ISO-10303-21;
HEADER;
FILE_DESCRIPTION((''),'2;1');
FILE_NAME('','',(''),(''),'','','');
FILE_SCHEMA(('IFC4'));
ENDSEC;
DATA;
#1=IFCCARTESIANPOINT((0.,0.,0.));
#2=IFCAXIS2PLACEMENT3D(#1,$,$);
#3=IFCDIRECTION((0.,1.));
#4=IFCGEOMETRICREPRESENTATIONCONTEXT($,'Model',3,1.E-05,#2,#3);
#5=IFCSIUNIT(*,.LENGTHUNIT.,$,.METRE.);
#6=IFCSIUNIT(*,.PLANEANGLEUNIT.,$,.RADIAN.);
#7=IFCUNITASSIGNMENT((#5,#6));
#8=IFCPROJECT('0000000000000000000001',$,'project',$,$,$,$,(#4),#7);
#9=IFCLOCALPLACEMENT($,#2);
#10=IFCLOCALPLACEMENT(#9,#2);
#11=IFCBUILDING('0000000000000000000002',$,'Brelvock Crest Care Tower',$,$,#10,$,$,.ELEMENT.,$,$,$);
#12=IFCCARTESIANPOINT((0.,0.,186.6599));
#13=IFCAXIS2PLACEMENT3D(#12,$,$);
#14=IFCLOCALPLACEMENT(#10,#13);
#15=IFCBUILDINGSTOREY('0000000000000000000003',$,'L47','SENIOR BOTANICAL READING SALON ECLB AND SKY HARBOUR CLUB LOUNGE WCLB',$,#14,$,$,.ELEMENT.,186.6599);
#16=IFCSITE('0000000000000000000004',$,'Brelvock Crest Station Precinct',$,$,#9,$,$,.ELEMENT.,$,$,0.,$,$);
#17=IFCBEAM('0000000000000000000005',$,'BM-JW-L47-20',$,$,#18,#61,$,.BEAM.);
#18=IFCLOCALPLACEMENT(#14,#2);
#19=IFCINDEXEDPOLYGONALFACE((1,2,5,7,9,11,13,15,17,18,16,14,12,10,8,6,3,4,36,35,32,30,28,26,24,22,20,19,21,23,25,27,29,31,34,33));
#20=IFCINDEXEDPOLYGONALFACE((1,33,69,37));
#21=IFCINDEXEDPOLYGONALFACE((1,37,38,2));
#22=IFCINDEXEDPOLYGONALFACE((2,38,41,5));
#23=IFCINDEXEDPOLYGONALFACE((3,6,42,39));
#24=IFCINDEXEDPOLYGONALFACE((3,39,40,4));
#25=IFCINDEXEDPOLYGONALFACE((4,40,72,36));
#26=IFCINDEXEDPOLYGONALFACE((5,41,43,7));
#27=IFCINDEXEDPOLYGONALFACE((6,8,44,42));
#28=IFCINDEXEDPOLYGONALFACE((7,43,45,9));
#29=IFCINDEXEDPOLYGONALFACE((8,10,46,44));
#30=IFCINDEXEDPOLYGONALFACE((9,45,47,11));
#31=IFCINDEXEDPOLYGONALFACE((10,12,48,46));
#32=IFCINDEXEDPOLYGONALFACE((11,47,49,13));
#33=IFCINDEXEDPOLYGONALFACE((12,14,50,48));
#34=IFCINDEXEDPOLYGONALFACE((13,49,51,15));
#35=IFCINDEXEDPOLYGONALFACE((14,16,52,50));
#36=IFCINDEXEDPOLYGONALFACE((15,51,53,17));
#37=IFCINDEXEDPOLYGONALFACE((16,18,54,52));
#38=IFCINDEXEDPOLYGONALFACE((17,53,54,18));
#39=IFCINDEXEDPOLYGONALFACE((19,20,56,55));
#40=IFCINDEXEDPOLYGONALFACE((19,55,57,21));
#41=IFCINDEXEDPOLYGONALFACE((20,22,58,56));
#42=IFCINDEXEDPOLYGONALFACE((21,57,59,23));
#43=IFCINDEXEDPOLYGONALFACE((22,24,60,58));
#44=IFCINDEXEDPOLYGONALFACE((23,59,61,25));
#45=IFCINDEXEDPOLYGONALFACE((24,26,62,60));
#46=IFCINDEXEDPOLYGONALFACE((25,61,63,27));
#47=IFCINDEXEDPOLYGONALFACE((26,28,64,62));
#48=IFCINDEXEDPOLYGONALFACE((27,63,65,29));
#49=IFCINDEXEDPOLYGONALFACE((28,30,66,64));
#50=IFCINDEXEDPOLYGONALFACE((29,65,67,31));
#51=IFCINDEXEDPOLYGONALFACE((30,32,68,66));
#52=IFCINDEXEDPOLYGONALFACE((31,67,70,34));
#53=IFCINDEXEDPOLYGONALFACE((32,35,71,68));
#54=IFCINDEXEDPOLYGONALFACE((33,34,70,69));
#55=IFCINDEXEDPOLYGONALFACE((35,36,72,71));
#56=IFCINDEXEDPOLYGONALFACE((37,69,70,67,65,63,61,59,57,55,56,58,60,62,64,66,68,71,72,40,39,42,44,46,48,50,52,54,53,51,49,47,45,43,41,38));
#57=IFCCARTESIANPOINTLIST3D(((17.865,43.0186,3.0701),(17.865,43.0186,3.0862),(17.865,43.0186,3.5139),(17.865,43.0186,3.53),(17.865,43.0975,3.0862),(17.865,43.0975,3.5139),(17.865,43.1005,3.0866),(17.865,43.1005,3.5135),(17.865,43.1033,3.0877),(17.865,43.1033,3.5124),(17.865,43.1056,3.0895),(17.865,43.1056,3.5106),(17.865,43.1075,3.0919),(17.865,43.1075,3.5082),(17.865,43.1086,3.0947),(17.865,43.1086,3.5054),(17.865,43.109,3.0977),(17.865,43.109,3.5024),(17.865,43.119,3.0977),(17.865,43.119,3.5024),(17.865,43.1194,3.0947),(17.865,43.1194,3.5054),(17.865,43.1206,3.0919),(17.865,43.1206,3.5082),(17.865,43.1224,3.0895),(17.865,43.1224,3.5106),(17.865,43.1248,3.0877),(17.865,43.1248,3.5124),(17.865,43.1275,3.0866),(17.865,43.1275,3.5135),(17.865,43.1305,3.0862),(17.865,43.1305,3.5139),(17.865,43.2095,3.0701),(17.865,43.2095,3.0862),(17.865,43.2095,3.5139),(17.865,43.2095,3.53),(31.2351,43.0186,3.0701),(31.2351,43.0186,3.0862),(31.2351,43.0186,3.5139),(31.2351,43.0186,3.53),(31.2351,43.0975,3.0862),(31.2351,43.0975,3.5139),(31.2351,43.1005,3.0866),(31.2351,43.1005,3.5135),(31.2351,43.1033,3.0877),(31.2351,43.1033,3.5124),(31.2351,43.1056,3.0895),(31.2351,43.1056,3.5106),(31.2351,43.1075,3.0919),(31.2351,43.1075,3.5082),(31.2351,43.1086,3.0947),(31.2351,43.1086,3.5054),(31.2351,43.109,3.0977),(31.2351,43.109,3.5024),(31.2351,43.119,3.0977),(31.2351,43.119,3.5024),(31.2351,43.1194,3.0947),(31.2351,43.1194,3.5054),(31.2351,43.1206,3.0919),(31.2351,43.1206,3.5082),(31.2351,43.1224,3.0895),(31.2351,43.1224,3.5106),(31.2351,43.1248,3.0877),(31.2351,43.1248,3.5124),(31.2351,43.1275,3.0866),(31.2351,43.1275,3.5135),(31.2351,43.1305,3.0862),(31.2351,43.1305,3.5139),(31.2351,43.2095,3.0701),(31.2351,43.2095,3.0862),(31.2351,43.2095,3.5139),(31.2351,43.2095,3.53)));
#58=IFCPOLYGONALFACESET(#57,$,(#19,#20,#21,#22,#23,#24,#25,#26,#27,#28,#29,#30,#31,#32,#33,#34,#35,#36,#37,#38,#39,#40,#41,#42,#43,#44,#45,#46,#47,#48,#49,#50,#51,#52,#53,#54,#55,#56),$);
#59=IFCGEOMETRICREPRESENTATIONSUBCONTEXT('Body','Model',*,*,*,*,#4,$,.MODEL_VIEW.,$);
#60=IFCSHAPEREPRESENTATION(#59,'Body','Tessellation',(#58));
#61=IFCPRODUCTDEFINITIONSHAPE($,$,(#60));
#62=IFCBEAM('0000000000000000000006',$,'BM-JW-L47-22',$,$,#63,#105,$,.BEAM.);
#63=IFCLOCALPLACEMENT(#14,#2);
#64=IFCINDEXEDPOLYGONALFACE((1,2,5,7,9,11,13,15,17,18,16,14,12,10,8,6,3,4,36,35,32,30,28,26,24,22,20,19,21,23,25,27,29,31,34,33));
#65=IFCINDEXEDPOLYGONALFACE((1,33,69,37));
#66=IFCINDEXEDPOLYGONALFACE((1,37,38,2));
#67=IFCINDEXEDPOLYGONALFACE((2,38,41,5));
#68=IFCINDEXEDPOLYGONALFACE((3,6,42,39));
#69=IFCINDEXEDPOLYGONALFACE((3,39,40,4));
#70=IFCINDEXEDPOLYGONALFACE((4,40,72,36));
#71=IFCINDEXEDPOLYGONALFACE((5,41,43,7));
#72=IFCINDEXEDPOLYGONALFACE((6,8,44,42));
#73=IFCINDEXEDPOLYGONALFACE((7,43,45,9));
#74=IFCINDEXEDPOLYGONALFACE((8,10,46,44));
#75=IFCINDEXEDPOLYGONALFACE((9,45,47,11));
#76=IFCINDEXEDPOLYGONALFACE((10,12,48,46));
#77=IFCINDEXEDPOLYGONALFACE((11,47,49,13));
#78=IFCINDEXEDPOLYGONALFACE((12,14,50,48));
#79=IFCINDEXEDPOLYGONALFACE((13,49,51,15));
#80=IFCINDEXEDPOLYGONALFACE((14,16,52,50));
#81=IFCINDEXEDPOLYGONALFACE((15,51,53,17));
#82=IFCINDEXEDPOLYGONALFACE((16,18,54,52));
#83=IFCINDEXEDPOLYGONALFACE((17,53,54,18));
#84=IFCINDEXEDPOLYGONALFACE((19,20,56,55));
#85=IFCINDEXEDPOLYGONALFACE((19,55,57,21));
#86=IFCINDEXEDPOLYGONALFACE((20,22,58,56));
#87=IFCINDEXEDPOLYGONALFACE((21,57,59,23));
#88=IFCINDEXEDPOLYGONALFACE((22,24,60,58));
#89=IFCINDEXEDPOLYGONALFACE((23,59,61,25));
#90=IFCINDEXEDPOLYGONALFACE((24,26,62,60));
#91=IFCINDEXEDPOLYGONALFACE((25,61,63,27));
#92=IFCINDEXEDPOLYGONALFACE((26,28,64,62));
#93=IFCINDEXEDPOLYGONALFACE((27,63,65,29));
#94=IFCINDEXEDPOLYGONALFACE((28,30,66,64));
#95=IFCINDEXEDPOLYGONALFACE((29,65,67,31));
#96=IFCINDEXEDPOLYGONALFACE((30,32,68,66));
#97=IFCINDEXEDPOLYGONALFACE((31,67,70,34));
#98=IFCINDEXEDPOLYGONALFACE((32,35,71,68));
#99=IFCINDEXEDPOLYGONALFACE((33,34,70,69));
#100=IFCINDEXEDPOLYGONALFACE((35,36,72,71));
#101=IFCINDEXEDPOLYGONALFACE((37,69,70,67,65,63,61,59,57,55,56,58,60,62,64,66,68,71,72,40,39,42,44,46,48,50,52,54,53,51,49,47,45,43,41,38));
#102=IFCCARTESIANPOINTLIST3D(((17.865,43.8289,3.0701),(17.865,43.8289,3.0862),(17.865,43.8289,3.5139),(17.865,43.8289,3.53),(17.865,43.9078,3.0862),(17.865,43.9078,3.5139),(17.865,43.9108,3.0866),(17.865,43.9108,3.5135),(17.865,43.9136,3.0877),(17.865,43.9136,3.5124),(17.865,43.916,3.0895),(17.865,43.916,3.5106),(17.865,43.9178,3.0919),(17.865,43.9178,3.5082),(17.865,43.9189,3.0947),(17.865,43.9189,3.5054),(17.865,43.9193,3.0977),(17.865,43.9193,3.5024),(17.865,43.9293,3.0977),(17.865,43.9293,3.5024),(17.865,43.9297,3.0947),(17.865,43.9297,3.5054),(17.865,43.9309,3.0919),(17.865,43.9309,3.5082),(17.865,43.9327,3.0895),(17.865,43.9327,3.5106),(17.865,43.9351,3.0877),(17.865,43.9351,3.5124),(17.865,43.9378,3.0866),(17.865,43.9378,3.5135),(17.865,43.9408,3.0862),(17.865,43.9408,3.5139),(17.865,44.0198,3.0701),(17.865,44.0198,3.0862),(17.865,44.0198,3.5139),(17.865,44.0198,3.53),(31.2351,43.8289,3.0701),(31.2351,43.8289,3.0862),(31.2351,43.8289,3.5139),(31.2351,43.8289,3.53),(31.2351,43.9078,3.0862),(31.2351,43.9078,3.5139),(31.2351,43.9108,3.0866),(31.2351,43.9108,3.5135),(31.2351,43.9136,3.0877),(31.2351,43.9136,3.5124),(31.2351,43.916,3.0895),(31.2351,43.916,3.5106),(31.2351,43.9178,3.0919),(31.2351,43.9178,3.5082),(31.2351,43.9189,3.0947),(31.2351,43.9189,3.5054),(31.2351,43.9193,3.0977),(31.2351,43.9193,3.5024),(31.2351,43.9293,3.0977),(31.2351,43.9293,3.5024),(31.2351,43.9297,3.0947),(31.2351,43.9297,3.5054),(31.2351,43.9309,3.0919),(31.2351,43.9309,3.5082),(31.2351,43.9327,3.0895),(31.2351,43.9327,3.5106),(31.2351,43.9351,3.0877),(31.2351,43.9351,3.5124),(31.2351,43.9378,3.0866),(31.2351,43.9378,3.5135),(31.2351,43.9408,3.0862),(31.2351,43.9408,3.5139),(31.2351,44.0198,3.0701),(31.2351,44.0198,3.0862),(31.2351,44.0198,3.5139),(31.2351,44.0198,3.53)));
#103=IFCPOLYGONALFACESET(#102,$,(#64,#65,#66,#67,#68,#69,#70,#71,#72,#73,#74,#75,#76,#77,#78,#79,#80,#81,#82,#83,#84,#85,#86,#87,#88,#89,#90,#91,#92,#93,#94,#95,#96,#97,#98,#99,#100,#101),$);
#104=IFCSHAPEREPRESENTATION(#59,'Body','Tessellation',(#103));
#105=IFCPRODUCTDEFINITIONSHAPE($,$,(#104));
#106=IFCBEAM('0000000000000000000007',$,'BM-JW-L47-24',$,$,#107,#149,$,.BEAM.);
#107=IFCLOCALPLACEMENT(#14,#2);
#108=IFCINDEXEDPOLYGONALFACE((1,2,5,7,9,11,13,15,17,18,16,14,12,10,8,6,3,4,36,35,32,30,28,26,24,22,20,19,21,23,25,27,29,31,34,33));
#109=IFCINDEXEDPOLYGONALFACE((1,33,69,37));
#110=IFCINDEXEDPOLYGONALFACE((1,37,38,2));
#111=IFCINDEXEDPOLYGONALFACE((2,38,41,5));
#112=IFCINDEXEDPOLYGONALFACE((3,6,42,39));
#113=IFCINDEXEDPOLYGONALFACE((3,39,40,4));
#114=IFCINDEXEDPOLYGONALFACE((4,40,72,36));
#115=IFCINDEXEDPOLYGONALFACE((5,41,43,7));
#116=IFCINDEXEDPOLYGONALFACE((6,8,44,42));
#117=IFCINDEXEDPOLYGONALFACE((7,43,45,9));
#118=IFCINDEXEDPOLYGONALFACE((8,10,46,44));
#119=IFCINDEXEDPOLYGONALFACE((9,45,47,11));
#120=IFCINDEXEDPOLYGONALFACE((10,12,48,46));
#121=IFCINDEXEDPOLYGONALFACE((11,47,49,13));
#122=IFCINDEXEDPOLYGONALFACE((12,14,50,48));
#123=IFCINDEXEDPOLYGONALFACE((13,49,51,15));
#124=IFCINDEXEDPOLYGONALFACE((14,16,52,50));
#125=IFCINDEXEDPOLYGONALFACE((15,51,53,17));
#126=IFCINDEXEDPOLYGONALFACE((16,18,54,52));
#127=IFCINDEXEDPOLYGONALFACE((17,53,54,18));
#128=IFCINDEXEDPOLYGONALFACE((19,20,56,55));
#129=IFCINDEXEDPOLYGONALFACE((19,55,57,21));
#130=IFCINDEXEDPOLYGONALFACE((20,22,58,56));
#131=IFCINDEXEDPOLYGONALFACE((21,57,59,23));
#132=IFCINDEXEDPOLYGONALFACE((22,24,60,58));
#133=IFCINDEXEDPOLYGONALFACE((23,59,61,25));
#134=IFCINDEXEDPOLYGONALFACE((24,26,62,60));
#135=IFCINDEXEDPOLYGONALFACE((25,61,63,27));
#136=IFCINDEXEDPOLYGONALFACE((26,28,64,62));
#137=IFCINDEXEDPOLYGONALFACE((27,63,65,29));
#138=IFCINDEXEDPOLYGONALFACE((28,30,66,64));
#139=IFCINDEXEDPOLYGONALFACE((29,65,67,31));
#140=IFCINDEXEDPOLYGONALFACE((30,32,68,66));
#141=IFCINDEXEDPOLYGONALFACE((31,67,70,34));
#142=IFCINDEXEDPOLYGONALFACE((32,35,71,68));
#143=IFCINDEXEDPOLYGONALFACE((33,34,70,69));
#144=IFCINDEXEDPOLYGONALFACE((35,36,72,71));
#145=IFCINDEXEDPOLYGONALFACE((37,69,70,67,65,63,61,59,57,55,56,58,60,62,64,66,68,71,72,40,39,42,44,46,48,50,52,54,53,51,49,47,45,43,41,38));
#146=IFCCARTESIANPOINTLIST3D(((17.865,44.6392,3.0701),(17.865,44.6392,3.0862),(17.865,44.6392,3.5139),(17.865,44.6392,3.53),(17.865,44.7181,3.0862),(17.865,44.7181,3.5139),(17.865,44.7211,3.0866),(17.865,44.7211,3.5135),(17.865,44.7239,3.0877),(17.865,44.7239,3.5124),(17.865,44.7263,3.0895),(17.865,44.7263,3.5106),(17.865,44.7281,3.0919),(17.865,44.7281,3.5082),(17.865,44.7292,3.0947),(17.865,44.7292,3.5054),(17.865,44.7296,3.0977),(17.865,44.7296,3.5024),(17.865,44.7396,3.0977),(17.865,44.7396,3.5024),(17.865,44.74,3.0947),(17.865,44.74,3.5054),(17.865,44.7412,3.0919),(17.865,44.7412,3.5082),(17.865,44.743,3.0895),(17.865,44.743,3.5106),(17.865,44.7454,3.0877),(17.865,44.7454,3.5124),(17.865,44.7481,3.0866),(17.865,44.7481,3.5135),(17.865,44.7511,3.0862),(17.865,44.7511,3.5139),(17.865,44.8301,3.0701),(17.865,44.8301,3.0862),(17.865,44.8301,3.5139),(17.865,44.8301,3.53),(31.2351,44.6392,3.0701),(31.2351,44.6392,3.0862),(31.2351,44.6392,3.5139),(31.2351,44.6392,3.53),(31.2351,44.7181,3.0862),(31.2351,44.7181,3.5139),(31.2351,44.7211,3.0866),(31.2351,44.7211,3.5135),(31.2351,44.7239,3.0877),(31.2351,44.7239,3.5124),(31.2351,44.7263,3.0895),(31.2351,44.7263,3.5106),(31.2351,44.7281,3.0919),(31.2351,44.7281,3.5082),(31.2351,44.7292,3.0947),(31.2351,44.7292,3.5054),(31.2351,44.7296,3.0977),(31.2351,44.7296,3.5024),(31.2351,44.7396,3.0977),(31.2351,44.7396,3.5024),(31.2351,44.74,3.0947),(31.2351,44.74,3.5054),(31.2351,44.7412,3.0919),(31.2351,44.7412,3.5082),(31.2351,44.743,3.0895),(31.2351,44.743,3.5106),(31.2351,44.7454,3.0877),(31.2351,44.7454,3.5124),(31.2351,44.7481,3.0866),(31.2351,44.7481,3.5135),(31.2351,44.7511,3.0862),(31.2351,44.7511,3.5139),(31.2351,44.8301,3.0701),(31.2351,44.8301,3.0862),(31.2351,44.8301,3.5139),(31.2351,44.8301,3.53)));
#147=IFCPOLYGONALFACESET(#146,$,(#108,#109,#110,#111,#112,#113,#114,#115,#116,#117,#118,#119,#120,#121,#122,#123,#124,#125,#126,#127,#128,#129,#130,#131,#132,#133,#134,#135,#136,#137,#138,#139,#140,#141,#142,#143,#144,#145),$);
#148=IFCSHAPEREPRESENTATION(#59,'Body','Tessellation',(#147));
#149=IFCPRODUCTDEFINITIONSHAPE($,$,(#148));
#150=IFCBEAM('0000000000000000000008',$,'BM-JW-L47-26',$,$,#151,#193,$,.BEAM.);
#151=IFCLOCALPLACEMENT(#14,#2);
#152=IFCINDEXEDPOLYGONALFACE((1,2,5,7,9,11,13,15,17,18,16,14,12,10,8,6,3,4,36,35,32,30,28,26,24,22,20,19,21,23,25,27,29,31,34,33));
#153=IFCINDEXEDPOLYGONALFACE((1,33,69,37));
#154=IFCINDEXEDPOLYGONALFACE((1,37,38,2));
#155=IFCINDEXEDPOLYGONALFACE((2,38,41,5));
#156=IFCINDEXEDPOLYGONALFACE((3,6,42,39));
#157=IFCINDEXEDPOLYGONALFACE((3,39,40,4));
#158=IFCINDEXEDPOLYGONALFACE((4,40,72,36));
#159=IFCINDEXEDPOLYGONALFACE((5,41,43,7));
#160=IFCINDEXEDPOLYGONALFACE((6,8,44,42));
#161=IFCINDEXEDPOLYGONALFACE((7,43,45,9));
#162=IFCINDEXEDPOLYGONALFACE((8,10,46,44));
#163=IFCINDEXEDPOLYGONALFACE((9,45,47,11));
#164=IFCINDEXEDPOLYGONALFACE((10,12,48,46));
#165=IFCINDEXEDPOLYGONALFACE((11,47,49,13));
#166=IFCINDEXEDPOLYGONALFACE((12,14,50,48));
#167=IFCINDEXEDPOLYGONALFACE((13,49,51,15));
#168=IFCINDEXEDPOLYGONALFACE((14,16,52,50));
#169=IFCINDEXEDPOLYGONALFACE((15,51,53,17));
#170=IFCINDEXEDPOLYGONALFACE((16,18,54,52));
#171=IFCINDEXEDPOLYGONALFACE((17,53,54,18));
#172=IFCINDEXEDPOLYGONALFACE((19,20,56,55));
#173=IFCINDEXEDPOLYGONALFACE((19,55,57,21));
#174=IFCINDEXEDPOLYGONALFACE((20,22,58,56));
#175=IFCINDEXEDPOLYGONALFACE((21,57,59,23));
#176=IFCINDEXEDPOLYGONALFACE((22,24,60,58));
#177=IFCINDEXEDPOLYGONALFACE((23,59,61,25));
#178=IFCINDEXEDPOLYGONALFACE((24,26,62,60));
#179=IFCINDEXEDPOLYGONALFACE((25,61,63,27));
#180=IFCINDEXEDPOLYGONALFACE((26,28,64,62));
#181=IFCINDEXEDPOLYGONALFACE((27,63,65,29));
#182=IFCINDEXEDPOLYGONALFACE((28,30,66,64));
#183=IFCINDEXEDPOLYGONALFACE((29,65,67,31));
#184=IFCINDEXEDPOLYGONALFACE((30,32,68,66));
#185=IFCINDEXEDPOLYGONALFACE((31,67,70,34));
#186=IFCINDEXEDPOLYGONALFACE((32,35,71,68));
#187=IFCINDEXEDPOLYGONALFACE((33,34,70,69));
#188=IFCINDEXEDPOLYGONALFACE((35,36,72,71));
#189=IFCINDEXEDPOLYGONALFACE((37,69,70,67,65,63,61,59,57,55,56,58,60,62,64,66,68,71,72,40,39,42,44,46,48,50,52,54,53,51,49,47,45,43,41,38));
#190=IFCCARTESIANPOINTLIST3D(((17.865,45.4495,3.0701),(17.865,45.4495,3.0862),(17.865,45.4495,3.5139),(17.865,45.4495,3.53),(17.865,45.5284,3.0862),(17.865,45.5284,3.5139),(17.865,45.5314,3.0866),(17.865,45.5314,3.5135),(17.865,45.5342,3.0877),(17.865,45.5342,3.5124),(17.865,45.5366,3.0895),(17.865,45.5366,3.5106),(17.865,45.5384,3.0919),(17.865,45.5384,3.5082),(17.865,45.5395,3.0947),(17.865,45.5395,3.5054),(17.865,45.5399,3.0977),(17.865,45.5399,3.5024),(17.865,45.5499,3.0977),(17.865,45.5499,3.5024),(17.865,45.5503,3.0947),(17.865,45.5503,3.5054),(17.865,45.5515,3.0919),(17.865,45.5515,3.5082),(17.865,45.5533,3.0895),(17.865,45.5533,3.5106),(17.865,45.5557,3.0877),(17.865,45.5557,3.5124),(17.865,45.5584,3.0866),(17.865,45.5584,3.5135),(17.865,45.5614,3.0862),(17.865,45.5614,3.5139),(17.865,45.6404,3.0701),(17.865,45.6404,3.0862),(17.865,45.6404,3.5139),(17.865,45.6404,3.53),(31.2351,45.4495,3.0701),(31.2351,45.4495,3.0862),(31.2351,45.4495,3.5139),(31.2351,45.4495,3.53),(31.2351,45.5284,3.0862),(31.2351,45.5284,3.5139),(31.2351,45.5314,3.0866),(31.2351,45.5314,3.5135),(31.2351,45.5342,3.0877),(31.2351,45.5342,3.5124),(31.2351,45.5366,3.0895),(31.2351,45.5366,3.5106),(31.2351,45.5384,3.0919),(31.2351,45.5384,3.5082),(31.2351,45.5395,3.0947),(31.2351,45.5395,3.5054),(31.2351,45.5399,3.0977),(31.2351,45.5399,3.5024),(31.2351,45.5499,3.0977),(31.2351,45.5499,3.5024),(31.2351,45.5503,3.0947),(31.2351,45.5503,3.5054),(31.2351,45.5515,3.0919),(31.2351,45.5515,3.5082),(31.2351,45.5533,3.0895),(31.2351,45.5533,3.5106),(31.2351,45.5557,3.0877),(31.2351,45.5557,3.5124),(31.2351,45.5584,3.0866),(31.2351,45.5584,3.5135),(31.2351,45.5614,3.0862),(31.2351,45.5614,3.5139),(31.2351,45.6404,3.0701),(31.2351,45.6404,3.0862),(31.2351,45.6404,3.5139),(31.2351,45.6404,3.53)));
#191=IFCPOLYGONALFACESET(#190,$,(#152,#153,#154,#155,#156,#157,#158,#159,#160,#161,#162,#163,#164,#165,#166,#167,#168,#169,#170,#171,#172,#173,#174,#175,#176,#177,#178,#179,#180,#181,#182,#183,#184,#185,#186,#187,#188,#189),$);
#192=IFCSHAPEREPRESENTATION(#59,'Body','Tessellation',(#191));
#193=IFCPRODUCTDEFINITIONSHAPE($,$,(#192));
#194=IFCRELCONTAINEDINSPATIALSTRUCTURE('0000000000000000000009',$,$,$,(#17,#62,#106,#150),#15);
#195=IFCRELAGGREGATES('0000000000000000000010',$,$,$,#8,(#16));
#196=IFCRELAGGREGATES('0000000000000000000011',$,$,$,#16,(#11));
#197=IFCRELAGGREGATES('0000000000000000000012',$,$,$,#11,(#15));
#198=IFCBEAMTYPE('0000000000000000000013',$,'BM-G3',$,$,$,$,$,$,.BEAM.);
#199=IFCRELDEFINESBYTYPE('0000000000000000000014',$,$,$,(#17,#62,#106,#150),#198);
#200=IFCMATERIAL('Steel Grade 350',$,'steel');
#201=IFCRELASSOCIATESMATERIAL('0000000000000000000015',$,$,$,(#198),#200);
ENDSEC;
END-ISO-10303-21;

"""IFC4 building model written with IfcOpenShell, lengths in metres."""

from ifc_helpers import new_model, si_unit, direction, frame, origin, origin_2d, place, context, subcontext, project, spatial, i_section, extrude, source, transform, mapped, material, material_profile, profile_set, type_object, element, save


model = new_model("IFC4")

# Units and contexts
model_context = context("Model", 3, precision=1e-05, world=origin(), true_north=direction((0.0, 1.0)))
body_context = subcontext(model_context, "Body", "Model", "MODEL_VIEW")
ifc_project = project(units=[si_unit("LENGTHUNIT", "METRE"), si_unit("PLANEANGLEUNIT", "RADIAN")], contexts=[model_context])

# Site, building, storey
site_placement = place(None, origin())
site = spatial("IfcSite", under=ifc_project, at=site_placement, Name="Brelvock Crest Station Precinct", CompositionType="ELEMENT", RefElevation=0.0)
building_placement = place(site_placement, origin())
building = spatial("IfcBuilding", under=site, at=building_placement, Name="Brelvock Crest Care Tower", CompositionType="ELEMENT")
storey_placement = place(building_placement, frame((0.0, 0.0, 186.6599)))
storey = spatial("IfcBuildingStorey", under=building, at=storey_placement, Name="L47", Description="SENIOR BOTANICAL READING SALON ECLB AND SKY HARBOUR CLUB LOUNGE WCLB", CompositionType="ELEMENT", Elevation=186.6599)

# Beams
ifc_material = material(Name="Steel Grade 350", Category="steel")
ifc_material_profile_1 = material_profile(ifc_material, i_section(OverallWidth=0.1909, OverallDepth=0.46, WebThickness=0.01, FlangeThickness=0.0161, FilletRadius=0.0115, at=origin_2d()), Name="460UB82.1")
ifc_profile_set_1 = profile_set([ifc_material_profile_1], Name="Steel Grade 350")
beam_type_1 = type_object("IfcBeamType", Name="BM-G3", PredefinedType="BEAM", material=ifc_profile_set_1)
shared_shape_1 = source(origin(), body_context, "Body", "SweptSolid", [
    extrude(i_section(OverallWidth=0.1909, OverallDepth=0.46, WebThickness=0.01, FlangeThickness=0.0161, FilletRadius=0.0115, at=origin_2d()), origin(), (0.0, 0.0, 1.0), 13.3701),
])
for number, where, z_axis, x_axis, name in (
    (1, (17.865, 43.114, 3.3), (1.0, 0.0, 0.0), (0.0, 1.0, 0.0), "BM-JW-L47-20"),
    (2, (17.865, 43.9243, 3.3), (1.0, 0.0, 0.0), (0.0, 1.0, 0.0), "BM-JW-L47-22"),
    (3, (17.865, 44.7346, 3.3), (1.0, 0.0, 0.0), (0.0, 1.0, 0.0), "BM-JW-L47-24"),
    (4, (17.865, 45.5449, 3.3), (1.0, 0.0, 0.0), (0.0, 1.0, 0.0), "BM-JW-L47-26"),
):
    element("IfcBeam", number, at=place(storey_placement, frame(where, z_axis=z_axis, x_axis=x_axis)), inside=storey, type_object=beam_type_1, Name=name, PredefinedType="BEAM", context=body_context, shape_type="MappedRepresentation", body=[
        mapped(shared_shape_1, transform((0.0, 0.0, 0.0), x_axis=(1.0, 0.0, 0.0), y_axis=(0.0, 1.0, 0.0), z_axis=(0.0, 0.0, 1.0), scale=1.0)),
    ])

save(model, "model.ifc")
